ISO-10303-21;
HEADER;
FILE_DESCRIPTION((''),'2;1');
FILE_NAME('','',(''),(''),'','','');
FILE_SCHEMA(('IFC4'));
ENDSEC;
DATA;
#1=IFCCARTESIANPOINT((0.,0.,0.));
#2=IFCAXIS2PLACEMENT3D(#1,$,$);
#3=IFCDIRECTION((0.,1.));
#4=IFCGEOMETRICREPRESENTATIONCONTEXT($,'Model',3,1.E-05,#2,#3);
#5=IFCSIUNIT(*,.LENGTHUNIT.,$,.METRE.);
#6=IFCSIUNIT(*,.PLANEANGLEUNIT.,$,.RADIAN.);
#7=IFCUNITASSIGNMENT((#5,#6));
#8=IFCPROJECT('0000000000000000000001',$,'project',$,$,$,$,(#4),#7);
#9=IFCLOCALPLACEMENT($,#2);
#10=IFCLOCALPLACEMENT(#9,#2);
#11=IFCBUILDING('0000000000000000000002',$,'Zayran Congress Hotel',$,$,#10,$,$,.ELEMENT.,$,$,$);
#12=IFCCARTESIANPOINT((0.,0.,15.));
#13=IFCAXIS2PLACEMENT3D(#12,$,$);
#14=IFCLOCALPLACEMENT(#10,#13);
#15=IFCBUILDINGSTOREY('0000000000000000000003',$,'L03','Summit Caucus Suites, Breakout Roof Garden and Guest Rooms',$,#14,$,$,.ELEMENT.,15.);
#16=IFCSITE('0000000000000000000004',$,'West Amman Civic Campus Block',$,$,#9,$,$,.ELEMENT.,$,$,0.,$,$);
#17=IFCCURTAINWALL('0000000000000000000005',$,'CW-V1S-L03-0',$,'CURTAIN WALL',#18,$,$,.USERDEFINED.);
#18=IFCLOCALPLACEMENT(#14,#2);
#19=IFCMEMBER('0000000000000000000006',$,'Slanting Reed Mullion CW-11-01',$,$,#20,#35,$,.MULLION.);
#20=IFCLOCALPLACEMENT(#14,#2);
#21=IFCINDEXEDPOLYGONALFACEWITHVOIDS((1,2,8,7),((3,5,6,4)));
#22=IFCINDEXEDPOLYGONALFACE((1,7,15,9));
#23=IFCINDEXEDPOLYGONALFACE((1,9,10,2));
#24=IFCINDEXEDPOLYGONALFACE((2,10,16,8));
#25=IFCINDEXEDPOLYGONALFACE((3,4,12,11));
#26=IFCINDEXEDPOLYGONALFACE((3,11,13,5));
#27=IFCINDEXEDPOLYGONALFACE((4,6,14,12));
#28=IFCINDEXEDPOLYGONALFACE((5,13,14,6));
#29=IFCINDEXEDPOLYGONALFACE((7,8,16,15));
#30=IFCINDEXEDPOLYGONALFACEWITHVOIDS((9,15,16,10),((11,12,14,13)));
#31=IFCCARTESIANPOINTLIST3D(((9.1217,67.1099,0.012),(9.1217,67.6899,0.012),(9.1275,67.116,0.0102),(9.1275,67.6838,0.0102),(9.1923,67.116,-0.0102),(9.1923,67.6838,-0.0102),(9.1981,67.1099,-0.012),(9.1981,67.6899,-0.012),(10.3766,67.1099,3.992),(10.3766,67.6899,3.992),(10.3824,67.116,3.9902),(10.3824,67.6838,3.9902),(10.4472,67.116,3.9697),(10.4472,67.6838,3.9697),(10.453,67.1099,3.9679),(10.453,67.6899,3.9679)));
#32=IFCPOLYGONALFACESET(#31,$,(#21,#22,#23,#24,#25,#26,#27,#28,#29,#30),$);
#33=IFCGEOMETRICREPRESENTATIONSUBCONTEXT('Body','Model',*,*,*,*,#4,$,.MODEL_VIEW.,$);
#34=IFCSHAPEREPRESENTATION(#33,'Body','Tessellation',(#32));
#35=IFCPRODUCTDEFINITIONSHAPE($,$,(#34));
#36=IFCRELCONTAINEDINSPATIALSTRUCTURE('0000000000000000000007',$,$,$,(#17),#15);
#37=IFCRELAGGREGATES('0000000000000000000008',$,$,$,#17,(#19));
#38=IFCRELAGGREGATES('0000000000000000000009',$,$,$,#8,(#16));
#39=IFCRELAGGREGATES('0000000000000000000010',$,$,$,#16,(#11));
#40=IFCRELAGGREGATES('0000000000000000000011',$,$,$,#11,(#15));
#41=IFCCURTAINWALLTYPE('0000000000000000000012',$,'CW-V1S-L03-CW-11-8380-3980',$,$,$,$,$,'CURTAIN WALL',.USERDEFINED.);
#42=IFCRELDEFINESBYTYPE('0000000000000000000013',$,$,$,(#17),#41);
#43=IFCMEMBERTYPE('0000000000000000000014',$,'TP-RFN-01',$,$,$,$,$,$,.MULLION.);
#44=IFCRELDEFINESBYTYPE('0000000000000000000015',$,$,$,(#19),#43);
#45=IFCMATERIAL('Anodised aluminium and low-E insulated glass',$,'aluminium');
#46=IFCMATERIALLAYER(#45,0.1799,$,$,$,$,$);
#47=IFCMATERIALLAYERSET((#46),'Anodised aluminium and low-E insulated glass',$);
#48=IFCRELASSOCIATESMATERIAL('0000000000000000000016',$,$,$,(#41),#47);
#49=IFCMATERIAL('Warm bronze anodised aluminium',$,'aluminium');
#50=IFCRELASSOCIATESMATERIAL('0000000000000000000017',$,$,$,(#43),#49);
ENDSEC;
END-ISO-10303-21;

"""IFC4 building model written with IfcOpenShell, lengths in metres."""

from ifc_helpers import new_model, si_unit, direction, frame, origin, origin_2d, place, context, subcontext, project, spatial, hollow_rectangle, extrude, material, layer, layer_set, material_profile, profile_set, type_object, element, aggregate, save


model = new_model("IFC4")

# Units and contexts
model_context = context("Model", 3, precision=1e-05, world=origin(), true_north=direction((0.0, 1.0)))
body_context = subcontext(model_context, "Body", "Model", "MODEL_VIEW")
ifc_project = project(units=[si_unit("LENGTHUNIT", "METRE"), si_unit("PLANEANGLEUNIT", "RADIAN")], contexts=[model_context])

# Site, building, storey
site_placement = place(None, origin())
site = spatial("IfcSite", under=ifc_project, at=site_placement, Name="West Amman Civic Campus Block", CompositionType="ELEMENT", RefElevation=0.0)
building_placement = place(site_placement, origin())
building = spatial("IfcBuilding", under=site, at=building_placement, Name="Zayran Congress Hotel", CompositionType="ELEMENT")
storey_placement = place(building_placement, frame((0.0, 0.0, 15.0)))
storey = spatial("IfcBuildingStorey", under=building, at=storey_placement, Name="L03", Description="Summit Caucus Suites, Breakout Roof Garden and Guest Rooms", CompositionType="ELEMENT", Elevation=15.0)

# Curtain wall, member
ifc_material_1 = material(Name="Anodised aluminium and low-E insulated glass", Category="aluminium")
ifc_layer_1 = layer(ifc_material_1, 0.1799)
ifc_layer_set_1 = layer_set([ifc_layer_1], Name="Anodised aluminium and low-E insulated glass")
curtain_wall_type = type_object("IfcCurtainWallType", Name="CW-V1S-L03-CW-11-8380-3980", ElementType="CURTAIN WALL", PredefinedType="USERDEFINED", material=ifc_layer_set_1)
curtain_wall_placement = place(storey_placement, origin())
curtain_wall = element("IfcCurtainWall", 1, at=curtain_wall_placement, inside=storey, type_object=curtain_wall_type, Name="CW-V1S-L03-0", ObjectType="CURTAIN WALL", PredefinedType="USERDEFINED")
ifc_material_2 = material(Name="Warm bronze anodised aluminium", Category="aluminium")
ifc_material_profile = material_profile(ifc_material_2, hollow_rectangle(XDim=0.0801, YDim=0.5801, WallThickness=0.0061, at=origin_2d()), Name="RHS 580x80x6")
ifc_profile_set = profile_set([ifc_material_profile], Name="Warm bronze anodised aluminium")
member_type = type_object("IfcMemberType", Name="TP-RFN-01", PredefinedType="MULLION", material=ifc_profile_set)
member_placement = place(storey_placement, frame((9.1599, 67.3999, 0.0), z_axis=(0.300706, 0.0, 0.953717), x_axis=(-0.953717, 0.0, 0.300706)))
member = element("IfcMember", 2, at=member_placement, type_object=member_type, Name="Slanting Reed Mullion CW-11-01", PredefinedType="MULLION", context=body_context, shape_type="SweptSolid", body=[
    extrude(hollow_rectangle(XDim=0.0801, YDim=0.5801, WallThickness=0.0061, at=origin_2d()), origin(), (0.0, 0.0, 1.0), 4.1731),
])
aggregate(curtain_wall, [member])

save(model, "model.ifc")
